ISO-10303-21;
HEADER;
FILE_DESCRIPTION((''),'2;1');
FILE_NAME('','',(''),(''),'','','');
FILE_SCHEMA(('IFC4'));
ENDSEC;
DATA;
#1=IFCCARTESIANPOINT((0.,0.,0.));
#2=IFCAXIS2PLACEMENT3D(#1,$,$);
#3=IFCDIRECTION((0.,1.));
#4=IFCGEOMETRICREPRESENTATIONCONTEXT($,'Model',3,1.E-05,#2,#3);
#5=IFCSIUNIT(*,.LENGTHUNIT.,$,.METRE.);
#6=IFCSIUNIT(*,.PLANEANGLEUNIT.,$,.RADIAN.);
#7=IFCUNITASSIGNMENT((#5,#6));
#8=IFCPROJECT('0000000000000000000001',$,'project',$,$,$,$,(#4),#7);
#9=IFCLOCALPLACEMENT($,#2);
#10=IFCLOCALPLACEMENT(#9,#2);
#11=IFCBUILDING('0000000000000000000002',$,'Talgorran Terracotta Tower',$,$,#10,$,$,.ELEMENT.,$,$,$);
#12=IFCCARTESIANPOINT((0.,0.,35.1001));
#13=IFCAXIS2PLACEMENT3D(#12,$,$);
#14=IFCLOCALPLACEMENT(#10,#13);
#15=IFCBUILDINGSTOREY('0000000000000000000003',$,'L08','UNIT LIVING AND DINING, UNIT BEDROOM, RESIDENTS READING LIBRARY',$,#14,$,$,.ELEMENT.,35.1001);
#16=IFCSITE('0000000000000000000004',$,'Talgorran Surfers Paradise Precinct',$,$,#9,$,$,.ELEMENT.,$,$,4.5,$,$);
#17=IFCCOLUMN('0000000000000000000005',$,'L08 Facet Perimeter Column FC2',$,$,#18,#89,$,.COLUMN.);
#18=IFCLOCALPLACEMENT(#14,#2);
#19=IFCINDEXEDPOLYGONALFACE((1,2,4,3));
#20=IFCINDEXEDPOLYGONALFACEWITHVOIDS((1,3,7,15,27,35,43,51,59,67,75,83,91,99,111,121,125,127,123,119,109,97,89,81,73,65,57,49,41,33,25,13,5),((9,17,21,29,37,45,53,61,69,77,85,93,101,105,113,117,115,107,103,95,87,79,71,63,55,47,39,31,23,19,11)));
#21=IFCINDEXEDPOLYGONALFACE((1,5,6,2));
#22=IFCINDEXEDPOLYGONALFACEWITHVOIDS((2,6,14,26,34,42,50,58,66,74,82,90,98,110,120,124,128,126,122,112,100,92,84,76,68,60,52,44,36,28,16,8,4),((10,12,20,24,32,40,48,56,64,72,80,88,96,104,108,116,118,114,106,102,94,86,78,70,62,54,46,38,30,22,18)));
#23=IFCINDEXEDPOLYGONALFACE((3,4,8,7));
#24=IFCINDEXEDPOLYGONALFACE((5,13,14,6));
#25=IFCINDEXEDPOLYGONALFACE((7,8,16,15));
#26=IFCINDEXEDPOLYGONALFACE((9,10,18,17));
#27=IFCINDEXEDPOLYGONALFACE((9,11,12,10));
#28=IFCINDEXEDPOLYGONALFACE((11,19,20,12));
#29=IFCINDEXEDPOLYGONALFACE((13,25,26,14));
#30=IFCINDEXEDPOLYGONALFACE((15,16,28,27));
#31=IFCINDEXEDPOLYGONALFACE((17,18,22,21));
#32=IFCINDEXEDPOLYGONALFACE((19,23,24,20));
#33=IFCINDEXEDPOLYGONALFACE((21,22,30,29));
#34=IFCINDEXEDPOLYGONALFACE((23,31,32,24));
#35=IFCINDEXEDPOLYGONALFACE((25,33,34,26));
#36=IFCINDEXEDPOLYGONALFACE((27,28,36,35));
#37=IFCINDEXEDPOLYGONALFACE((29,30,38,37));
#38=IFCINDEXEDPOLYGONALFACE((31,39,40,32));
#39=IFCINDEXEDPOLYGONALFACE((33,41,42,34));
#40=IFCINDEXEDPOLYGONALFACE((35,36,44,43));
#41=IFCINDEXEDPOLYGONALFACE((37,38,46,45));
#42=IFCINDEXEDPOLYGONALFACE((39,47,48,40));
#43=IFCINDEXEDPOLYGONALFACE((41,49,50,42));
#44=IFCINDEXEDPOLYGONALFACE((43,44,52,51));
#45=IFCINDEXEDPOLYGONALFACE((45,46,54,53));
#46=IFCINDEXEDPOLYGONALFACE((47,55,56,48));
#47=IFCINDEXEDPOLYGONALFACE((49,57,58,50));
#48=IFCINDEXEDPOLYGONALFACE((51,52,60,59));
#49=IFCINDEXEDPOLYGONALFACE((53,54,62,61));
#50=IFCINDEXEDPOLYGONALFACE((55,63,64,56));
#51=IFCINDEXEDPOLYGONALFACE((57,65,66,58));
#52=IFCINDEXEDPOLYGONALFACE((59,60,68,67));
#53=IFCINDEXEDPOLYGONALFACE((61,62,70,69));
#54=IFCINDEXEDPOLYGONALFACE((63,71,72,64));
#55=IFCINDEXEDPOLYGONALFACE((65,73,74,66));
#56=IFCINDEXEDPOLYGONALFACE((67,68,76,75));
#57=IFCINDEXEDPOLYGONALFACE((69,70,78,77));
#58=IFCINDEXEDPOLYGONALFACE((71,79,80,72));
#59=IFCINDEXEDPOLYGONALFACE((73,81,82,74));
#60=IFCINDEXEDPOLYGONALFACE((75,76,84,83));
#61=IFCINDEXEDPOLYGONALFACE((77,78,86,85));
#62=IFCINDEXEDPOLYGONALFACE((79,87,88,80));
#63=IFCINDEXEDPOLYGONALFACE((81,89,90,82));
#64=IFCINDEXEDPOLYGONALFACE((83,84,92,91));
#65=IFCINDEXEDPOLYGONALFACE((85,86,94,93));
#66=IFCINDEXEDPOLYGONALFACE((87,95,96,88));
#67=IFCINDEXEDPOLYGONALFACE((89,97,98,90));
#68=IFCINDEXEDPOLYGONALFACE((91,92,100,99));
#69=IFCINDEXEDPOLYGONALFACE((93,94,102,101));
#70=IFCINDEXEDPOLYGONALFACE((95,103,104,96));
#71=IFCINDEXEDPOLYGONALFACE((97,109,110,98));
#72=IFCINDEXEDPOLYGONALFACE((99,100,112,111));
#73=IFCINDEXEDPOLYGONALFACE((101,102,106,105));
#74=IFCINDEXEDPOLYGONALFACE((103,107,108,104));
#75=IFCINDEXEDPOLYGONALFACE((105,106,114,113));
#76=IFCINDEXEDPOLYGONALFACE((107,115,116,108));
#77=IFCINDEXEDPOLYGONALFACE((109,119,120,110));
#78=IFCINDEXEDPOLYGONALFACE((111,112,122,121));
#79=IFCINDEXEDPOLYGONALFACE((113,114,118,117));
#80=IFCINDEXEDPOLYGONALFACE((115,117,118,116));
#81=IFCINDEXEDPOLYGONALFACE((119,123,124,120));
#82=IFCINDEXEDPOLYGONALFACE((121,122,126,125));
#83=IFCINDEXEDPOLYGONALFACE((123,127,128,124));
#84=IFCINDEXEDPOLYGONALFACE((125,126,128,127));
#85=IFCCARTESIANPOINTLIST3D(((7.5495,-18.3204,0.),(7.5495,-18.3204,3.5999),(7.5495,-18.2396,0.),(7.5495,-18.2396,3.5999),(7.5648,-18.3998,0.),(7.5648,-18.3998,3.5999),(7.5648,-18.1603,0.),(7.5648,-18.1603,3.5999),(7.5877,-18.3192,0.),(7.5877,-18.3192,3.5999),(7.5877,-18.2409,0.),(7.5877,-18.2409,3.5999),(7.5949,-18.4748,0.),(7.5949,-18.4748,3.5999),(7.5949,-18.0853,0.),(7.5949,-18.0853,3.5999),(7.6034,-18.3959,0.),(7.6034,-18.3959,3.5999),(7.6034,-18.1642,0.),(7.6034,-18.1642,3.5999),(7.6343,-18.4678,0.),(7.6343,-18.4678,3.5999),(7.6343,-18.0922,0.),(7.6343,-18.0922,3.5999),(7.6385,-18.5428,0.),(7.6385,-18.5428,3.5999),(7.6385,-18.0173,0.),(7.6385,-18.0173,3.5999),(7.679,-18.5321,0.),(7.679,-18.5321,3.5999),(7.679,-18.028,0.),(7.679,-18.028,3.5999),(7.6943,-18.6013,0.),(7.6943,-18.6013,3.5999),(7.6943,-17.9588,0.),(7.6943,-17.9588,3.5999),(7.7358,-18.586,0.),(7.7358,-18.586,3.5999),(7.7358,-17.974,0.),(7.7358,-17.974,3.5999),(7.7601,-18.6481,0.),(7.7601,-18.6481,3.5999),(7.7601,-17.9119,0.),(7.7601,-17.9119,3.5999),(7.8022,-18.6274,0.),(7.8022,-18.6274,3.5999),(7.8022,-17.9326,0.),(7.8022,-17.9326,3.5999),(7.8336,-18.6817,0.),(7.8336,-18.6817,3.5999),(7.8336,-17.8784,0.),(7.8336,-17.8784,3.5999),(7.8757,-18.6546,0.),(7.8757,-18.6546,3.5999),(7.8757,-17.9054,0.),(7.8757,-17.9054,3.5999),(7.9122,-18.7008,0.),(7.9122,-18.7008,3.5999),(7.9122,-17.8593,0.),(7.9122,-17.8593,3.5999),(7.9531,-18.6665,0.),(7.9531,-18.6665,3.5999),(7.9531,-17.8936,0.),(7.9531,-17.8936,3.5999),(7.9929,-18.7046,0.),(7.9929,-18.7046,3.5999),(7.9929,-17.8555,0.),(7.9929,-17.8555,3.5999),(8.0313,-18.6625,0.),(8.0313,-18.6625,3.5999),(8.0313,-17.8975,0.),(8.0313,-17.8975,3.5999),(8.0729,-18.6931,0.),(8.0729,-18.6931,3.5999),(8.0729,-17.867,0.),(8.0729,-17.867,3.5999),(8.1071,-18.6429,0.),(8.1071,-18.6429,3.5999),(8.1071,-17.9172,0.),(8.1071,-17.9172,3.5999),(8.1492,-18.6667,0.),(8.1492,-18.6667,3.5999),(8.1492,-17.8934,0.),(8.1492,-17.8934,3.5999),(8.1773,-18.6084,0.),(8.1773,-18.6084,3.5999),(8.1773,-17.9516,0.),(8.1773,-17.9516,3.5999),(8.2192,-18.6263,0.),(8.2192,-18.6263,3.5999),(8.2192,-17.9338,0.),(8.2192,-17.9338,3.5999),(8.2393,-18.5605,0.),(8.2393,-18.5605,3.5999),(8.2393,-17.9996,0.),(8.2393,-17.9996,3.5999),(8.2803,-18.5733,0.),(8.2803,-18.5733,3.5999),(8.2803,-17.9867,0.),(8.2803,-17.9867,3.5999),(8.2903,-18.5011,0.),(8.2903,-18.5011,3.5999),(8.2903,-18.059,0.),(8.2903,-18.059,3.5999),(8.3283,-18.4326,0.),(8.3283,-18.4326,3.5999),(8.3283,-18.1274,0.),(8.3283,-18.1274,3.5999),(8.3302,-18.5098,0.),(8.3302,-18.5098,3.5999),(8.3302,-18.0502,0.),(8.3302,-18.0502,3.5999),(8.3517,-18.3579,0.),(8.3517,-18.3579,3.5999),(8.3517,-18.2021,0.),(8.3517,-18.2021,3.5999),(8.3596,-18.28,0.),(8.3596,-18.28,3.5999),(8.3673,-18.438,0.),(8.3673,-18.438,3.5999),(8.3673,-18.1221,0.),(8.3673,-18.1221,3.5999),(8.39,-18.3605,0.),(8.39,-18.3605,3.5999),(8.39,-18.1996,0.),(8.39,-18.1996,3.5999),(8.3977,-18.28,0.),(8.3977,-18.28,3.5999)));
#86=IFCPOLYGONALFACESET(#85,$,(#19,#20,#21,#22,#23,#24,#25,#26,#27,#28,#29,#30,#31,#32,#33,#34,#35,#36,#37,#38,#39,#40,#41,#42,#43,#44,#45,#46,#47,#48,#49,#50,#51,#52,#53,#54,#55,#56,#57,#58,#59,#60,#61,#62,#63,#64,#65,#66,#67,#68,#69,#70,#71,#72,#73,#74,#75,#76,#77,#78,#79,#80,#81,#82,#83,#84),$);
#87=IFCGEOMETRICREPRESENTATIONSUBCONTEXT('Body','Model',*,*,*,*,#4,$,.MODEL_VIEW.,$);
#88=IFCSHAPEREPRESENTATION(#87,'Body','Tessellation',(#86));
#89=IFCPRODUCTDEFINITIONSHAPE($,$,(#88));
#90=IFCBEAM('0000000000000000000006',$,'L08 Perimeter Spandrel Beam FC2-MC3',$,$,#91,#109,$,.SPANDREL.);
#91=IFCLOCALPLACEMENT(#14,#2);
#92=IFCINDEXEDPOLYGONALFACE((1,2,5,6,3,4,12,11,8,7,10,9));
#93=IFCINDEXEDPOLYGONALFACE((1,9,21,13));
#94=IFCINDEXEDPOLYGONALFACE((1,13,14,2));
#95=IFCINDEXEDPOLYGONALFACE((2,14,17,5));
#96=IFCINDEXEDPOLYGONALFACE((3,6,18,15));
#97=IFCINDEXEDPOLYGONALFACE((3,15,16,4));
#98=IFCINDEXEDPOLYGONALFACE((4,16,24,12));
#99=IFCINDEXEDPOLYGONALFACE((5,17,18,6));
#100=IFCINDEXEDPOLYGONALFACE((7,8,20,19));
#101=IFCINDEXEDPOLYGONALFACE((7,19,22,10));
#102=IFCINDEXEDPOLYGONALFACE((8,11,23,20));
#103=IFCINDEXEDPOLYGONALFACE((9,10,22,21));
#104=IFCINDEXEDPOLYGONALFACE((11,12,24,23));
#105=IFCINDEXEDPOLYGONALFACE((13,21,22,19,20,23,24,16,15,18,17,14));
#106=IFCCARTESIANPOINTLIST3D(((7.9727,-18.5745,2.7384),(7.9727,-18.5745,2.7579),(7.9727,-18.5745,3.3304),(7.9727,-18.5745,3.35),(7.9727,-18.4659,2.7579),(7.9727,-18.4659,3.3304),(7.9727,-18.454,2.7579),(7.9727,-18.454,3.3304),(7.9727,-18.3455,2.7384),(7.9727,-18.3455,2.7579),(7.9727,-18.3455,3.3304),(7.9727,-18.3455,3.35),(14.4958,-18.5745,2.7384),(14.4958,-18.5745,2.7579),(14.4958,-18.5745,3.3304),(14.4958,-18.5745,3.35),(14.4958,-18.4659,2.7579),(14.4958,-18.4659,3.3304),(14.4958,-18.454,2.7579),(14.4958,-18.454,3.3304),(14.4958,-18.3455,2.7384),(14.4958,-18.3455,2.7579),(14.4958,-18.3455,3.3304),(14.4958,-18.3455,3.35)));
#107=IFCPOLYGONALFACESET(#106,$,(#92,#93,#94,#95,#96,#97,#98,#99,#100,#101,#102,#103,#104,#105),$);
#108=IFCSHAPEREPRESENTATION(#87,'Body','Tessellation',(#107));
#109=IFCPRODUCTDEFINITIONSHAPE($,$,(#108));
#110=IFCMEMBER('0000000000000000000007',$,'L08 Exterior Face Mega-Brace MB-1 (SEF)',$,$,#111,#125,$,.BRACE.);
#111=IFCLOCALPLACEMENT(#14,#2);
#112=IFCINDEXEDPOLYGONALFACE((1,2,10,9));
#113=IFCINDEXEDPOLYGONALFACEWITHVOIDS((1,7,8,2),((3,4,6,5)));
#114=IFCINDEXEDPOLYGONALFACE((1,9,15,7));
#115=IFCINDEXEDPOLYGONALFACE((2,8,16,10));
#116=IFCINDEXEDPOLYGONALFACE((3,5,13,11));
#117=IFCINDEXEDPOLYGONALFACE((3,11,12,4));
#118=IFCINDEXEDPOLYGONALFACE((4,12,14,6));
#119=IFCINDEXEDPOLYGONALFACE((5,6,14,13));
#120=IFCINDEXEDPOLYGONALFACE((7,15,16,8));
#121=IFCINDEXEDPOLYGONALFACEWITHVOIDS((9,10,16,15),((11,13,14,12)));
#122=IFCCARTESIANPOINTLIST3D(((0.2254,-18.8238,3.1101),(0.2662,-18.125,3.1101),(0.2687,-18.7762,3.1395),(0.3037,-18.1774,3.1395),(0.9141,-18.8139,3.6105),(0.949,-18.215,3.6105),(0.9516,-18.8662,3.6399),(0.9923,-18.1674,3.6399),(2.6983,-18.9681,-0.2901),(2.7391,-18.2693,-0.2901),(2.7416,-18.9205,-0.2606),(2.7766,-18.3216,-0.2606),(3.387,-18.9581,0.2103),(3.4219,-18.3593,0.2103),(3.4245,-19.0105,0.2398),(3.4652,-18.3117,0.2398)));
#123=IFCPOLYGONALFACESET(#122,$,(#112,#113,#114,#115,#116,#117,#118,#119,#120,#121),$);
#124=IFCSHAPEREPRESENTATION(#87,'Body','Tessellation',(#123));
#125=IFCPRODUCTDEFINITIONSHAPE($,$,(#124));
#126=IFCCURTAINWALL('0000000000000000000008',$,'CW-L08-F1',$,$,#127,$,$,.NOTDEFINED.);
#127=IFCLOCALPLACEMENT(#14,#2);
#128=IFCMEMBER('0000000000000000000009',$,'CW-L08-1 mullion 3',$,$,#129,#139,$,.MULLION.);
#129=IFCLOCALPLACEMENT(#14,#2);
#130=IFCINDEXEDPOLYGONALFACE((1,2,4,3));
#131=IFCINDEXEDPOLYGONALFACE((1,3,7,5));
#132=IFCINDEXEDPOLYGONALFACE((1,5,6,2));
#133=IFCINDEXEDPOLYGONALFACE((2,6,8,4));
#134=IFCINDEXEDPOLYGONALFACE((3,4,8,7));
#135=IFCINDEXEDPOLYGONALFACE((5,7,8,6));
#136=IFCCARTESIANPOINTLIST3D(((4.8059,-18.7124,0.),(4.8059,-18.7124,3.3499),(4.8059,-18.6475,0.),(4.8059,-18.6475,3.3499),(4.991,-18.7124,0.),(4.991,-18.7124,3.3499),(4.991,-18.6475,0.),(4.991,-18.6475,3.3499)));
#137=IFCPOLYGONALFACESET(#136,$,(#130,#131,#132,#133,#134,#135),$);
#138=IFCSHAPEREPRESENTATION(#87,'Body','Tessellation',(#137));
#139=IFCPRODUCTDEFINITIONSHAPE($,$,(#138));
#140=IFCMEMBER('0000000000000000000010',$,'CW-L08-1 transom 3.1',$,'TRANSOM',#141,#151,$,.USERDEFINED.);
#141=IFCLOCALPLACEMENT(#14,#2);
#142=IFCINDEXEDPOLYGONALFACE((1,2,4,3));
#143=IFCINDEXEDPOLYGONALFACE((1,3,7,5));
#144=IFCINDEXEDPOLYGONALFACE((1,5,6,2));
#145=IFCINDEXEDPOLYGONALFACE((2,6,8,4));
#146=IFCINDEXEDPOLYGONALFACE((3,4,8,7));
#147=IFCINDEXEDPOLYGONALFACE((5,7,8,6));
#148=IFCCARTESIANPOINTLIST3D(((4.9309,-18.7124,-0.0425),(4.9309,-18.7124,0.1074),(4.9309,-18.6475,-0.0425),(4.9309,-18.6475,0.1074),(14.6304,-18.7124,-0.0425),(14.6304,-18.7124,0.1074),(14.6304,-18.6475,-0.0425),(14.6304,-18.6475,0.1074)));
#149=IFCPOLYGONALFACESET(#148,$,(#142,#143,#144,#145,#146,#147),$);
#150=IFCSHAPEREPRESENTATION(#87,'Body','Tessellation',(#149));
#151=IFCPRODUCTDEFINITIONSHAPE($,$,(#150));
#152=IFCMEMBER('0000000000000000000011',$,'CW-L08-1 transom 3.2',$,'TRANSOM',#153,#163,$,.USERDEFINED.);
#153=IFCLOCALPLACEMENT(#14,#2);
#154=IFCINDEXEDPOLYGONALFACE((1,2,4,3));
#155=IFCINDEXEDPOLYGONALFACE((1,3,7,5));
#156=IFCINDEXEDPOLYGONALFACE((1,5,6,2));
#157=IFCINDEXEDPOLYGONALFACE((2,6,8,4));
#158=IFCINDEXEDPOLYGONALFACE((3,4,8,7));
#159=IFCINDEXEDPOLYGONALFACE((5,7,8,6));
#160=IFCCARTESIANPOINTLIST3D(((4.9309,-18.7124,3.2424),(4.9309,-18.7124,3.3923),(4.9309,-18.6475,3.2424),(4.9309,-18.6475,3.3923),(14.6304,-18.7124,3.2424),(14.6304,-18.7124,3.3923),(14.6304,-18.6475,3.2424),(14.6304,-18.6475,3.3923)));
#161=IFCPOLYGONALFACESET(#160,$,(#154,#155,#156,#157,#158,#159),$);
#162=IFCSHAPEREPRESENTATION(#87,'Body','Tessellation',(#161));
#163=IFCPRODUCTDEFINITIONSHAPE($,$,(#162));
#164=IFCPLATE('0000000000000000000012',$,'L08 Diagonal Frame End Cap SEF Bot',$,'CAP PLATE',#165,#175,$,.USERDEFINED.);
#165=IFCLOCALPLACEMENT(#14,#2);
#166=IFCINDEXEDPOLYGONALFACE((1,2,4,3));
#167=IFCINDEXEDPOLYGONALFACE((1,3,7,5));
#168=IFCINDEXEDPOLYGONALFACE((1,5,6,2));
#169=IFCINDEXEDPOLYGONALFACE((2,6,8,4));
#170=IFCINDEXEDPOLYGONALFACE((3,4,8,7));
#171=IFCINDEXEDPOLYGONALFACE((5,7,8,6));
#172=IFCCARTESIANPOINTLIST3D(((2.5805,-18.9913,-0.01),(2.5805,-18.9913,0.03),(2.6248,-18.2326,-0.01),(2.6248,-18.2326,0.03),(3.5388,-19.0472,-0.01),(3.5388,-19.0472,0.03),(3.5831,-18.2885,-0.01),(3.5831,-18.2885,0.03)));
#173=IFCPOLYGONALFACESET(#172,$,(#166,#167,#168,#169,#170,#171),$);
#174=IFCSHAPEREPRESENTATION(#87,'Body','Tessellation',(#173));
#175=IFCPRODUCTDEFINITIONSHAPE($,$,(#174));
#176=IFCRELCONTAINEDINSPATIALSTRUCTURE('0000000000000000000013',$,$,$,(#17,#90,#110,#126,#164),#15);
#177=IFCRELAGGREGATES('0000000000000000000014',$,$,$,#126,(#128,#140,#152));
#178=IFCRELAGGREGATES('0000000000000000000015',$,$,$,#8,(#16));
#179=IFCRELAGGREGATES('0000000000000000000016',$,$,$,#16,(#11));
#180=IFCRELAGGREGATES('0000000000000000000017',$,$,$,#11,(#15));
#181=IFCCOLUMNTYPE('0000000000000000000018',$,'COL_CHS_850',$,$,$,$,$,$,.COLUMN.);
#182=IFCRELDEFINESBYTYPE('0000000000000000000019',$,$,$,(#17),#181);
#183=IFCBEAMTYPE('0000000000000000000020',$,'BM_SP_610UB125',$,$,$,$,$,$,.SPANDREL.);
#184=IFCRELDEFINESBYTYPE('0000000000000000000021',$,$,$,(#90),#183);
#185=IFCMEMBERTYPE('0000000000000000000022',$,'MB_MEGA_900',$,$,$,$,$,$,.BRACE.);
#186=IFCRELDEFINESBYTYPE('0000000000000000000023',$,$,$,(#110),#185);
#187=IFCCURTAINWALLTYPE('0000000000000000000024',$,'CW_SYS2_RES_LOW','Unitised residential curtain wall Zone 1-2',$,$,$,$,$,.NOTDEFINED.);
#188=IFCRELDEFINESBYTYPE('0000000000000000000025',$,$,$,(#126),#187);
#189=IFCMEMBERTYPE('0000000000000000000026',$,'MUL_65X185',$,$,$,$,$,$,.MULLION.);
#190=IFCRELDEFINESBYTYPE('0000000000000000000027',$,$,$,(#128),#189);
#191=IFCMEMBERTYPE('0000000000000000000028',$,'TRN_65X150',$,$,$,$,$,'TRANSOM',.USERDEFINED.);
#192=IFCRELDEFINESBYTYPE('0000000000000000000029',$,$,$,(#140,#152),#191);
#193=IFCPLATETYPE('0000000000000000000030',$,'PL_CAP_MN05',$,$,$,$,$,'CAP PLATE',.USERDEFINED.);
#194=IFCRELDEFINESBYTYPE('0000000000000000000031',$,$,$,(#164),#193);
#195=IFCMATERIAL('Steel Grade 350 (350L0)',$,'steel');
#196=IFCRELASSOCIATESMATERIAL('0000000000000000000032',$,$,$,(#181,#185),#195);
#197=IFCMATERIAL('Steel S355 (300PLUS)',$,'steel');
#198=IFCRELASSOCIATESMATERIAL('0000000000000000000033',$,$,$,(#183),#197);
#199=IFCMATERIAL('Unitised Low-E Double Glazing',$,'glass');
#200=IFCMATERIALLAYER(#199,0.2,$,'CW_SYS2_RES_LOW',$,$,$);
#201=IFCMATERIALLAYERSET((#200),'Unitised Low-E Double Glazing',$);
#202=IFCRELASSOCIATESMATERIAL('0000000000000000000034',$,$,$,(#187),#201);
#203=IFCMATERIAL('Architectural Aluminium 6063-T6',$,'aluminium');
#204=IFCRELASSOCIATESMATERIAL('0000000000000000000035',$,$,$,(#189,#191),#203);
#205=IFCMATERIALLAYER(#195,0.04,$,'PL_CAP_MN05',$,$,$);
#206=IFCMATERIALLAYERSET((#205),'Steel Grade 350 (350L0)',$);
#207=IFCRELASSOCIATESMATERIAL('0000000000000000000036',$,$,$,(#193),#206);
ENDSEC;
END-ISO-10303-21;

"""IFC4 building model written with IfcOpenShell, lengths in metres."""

from ifc_helpers import new_model, si_unit, direction, frame, origin, origin_2d, place, context, subcontext, project, spatial, rectangle, hollow_rectangle, hollow_circle, i_section, extrude, material, layer, layer_set, material_profile, profile_set, type_object, element, aggregate, save


model = new_model("IFC4")

# Units and contexts
model_context = context("Model", 3, precision=1e-05, world=origin(), true_north=direction((0.0, 1.0)))
body_context = subcontext(model_context, "Body", "Model", "MODEL_VIEW")
ifc_project = project(units=[si_unit("LENGTHUNIT", "METRE"), si_unit("PLANEANGLEUNIT", "RADIAN")], contexts=[model_context])

# Site, building, storey
site_placement = place(None, origin())
site = spatial("IfcSite", under=ifc_project, at=site_placement, Name="Talgorran Surfers Paradise Precinct", CompositionType="ELEMENT", RefElevation=4.5)
building_placement = place(site_placement, origin())
building = spatial("IfcBuilding", under=site, at=building_placement, Name="Talgorran Terracotta Tower", CompositionType="ELEMENT")
storey_placement = place(building_placement, frame((0.0, 0.0, 35.1001)))
storey = spatial("IfcBuildingStorey", under=building, at=storey_placement, Name="L08", Description="UNIT LIVING AND DINING, UNIT BEDROOM, RESIDENTS READING LIBRARY", CompositionType="ELEMENT", Elevation=35.1001)

# Column
ifc_material_1 = material(Name="Steel Grade 350 (350L0)", Category="steel")
ifc_material_profile_1 = material_profile(ifc_material_1, hollow_circle(Radius=0.425, WallThickness=0.0381, at=origin_2d()), Name="CHS850X38")
ifc_profile_set_1 = profile_set([ifc_material_profile_1], Name="Steel Grade 350 (350L0)")
column_type = type_object("IfcColumnType", Name="COL_CHS_850", PredefinedType="COLUMN", material=ifc_profile_set_1)
column_placement = place(storey_placement, frame((7.9727, -18.28, 0.0), z_axis=(0.0, 0.0, 1.0), x_axis=(1.0, 0.0, 0.0)))
element("IfcColumn", 1, at=column_placement, inside=storey, type_object=column_type, Name="L08 Facet Perimeter Column FC2", PredefinedType="COLUMN", context=body_context, shape_type="SweptSolid", body=[
    extrude(hollow_circle(Radius=0.425, WallThickness=0.0381, at=origin_2d()), origin(), (0.0, 0.0, 1.0), 3.5999),
])

# Beam
ifc_material_2 = material(Name="Steel S355 (300PLUS)", Category="steel")
ifc_material_profile_2 = material_profile(ifc_material_2, i_section(OverallWidth=0.229, OverallDepth=0.6116, WebThickness=0.012, FlangeThickness=0.0195, at=origin_2d()), Name="610UB125")
ifc_profile_set_2 = profile_set([ifc_material_profile_2], Name="Steel S355 (300PLUS)")
beam_type = type_object("IfcBeamType", Name="BM_SP_610UB125", PredefinedType="SPANDREL", material=ifc_profile_set_2)
beam_placement = place(storey_placement, frame((7.9727, -18.46, 3.0442), z_axis=(1.0, 0.0, 0.0), x_axis=(0.0, 1.0, 0.0)))
element("IfcBeam", 2, at=beam_placement, inside=storey, type_object=beam_type, Name="L08 Perimeter Spandrel Beam FC2-MC3", PredefinedType="SPANDREL", context=body_context, shape_type="SweptSolid", body=[
    extrude(i_section(OverallWidth=0.229, OverallDepth=0.6116, WebThickness=0.012, FlangeThickness=0.0195, at=origin_2d()), origin(), (0.0, 0.0, 1.0), 6.5232),
])

# Member
ifc_material_profile_3 = material_profile(ifc_material_1, hollow_rectangle(XDim=0.7, YDim=0.8999, WallThickness=0.05, at=origin_2d()), Name="WBOX900X700X50")
ifc_profile_set_3 = profile_set([ifc_material_profile_3], Name="Steel Grade 350 (350L0)")
member_type_1 = type_object("IfcMemberType", Name="MB_MEGA_900", PredefinedType="BRACE", material=ifc_profile_set_3)
member_1_placement = place(storey_placement, frame((3.0818, -18.6399, -0.0251), z_axis=(-0.587836, 0.034299, 0.808253), x_axis=(-0.058248, -0.998302, 0.0)))
element("IfcMember", 3, at=member_1_placement, inside=storey, type_object=member_type_1, Name="L08 Exterior Face Mega-Brace MB-1 (SEF)", PredefinedType="BRACE", context=body_context, shape_type="SweptSolid", body=[
    extrude(hollow_rectangle(XDim=0.7, YDim=0.8999, WallThickness=0.05, at=origin_2d()), origin(), (0.0, 0.0, 1.0), 4.2068),
])

# Curtain wall, members
ifc_material_3 = material(Name="Unitised Low-E Double Glazing", Category="glass")
ifc_layer_1 = layer(ifc_material_3, 0.2, Name="CW_SYS2_RES_LOW")
ifc_layer_set_1 = layer_set([ifc_layer_1], Name="Unitised Low-E Double Glazing")
curtain_wall_type = type_object("IfcCurtainWallType", Name="CW_SYS2_RES_LOW", Description="Unitised residential curtain wall Zone 1-2", PredefinedType="NOTDEFINED", material=ifc_layer_set_1)
curtain_wall_placement = place(storey_placement, origin())
curtain_wall = element("IfcCurtainWall", 4, at=curtain_wall_placement, inside=storey, type_object=curtain_wall_type, Name="CW-L08-F1", PredefinedType="NOTDEFINED")
ifc_material_4 = material(Name="Architectural Aluminium 6063-T6", Category="aluminium")
ifc_material_profile_4 = material_profile(ifc_material_4, rectangle(XDim=0.0649, YDim=0.1851, at=origin_2d()), Name="CWM65X185")
ifc_profile_set_4 = profile_set([ifc_material_profile_4], Name="Architectural Aluminium 6063-T6")
member_type_2 = type_object("IfcMemberType", Name="MUL_65X185", PredefinedType="MULLION", material=ifc_profile_set_4)
member_2_placement = place(storey_placement, frame((4.8984, -18.6799, 0.0), z_axis=(0.0, 0.0, 1.0), x_axis=(0.0, 1.0, 0.0)))
member_2 = element("IfcMember", 5, at=member_2_placement, type_object=member_type_2, Name="CW-L08-1 mullion 3", PredefinedType="MULLION", context=body_context, shape_type="SweptSolid", body=[
    extrude(rectangle(XDim=0.0649, YDim=0.1851, at=origin_2d()), origin(), (0.0, 0.0, 1.0), 3.3499),
])
ifc_material_profile_5 = material_profile(ifc_material_4, rectangle(XDim=0.0649, YDim=0.1499, at=origin_2d()), Name="CWT65X150")
ifc_profile_set_5 = profile_set([ifc_material_profile_5], Name="Architectural Aluminium 6063-T6")
member_type_3 = type_object("IfcMemberType", Name="TRN_65X150", ElementType="TRANSOM", PredefinedType="USERDEFINED", material=ifc_profile_set_5)
member_3_placement = place(storey_placement, frame((4.9309, -18.6799, 0.0325), z_axis=(1.0, 0.0, 0.0), x_axis=(0.0, 1.0, 0.0)))
member_3 = element("IfcMember", 6, at=member_3_placement, type_object=member_type_3, Name="CW-L08-1 transom 3.1", ObjectType="TRANSOM", PredefinedType="USERDEFINED", context=body_context, shape_type="SweptSolid", body=[
    extrude(rectangle(XDim=0.0649, YDim=0.1499, at=origin_2d()), origin(), (0.0, 0.0, 1.0), 9.6995),
])
member_4_placement = place(storey_placement, frame((4.9309, -18.6799, 3.3174), z_axis=(1.0, 0.0, 0.0), x_axis=(0.0, 1.0, 0.0)))
member_4 = element("IfcMember", 7, at=member_4_placement, type_object=member_type_3, Name="CW-L08-1 transom 3.2", ObjectType="TRANSOM", PredefinedType="USERDEFINED", context=body_context, shape_type="SweptSolid", body=[
    extrude(rectangle(XDim=0.0649, YDim=0.1499, at=origin_2d()), origin(), (0.0, 0.0, 1.0), 9.6995),
])

# Plate
ifc_layer_2 = layer(ifc_material_1, 0.04, Name="PL_CAP_MN05")
ifc_layer_set_2 = layer_set([ifc_layer_2], Name="Steel Grade 350 (350L0)")
plate_type_1 = type_object("IfcPlateType", Name="PL_CAP_MN05", ElementType="CAP PLATE", PredefinedType="USERDEFINED", material=ifc_layer_set_2)
plate_1_placement = place(storey_placement, frame((3.0818, -18.6399, -0.01), z_axis=(0.0, 0.0, 1.0), x_axis=(-0.998301, 0.058261, 0.0)))
element("IfcPlate", 8, at=plate_1_placement, inside=storey, type_object=plate_type_1, Name="L08 Diagonal Frame End Cap SEF Bot", ObjectType="CAP PLATE", PredefinedType="USERDEFINED", context=body_context, shape_type="SweptSolid", body=[
    extrude(rectangle(XDim=0.96, YDim=0.76, at=origin_2d()), origin(), (0.0, 0.0, 1.0), 0.04),
])

aggregate(curtain_wall, [member_2, member_3, member_4])

save(model, "model.ifc")
